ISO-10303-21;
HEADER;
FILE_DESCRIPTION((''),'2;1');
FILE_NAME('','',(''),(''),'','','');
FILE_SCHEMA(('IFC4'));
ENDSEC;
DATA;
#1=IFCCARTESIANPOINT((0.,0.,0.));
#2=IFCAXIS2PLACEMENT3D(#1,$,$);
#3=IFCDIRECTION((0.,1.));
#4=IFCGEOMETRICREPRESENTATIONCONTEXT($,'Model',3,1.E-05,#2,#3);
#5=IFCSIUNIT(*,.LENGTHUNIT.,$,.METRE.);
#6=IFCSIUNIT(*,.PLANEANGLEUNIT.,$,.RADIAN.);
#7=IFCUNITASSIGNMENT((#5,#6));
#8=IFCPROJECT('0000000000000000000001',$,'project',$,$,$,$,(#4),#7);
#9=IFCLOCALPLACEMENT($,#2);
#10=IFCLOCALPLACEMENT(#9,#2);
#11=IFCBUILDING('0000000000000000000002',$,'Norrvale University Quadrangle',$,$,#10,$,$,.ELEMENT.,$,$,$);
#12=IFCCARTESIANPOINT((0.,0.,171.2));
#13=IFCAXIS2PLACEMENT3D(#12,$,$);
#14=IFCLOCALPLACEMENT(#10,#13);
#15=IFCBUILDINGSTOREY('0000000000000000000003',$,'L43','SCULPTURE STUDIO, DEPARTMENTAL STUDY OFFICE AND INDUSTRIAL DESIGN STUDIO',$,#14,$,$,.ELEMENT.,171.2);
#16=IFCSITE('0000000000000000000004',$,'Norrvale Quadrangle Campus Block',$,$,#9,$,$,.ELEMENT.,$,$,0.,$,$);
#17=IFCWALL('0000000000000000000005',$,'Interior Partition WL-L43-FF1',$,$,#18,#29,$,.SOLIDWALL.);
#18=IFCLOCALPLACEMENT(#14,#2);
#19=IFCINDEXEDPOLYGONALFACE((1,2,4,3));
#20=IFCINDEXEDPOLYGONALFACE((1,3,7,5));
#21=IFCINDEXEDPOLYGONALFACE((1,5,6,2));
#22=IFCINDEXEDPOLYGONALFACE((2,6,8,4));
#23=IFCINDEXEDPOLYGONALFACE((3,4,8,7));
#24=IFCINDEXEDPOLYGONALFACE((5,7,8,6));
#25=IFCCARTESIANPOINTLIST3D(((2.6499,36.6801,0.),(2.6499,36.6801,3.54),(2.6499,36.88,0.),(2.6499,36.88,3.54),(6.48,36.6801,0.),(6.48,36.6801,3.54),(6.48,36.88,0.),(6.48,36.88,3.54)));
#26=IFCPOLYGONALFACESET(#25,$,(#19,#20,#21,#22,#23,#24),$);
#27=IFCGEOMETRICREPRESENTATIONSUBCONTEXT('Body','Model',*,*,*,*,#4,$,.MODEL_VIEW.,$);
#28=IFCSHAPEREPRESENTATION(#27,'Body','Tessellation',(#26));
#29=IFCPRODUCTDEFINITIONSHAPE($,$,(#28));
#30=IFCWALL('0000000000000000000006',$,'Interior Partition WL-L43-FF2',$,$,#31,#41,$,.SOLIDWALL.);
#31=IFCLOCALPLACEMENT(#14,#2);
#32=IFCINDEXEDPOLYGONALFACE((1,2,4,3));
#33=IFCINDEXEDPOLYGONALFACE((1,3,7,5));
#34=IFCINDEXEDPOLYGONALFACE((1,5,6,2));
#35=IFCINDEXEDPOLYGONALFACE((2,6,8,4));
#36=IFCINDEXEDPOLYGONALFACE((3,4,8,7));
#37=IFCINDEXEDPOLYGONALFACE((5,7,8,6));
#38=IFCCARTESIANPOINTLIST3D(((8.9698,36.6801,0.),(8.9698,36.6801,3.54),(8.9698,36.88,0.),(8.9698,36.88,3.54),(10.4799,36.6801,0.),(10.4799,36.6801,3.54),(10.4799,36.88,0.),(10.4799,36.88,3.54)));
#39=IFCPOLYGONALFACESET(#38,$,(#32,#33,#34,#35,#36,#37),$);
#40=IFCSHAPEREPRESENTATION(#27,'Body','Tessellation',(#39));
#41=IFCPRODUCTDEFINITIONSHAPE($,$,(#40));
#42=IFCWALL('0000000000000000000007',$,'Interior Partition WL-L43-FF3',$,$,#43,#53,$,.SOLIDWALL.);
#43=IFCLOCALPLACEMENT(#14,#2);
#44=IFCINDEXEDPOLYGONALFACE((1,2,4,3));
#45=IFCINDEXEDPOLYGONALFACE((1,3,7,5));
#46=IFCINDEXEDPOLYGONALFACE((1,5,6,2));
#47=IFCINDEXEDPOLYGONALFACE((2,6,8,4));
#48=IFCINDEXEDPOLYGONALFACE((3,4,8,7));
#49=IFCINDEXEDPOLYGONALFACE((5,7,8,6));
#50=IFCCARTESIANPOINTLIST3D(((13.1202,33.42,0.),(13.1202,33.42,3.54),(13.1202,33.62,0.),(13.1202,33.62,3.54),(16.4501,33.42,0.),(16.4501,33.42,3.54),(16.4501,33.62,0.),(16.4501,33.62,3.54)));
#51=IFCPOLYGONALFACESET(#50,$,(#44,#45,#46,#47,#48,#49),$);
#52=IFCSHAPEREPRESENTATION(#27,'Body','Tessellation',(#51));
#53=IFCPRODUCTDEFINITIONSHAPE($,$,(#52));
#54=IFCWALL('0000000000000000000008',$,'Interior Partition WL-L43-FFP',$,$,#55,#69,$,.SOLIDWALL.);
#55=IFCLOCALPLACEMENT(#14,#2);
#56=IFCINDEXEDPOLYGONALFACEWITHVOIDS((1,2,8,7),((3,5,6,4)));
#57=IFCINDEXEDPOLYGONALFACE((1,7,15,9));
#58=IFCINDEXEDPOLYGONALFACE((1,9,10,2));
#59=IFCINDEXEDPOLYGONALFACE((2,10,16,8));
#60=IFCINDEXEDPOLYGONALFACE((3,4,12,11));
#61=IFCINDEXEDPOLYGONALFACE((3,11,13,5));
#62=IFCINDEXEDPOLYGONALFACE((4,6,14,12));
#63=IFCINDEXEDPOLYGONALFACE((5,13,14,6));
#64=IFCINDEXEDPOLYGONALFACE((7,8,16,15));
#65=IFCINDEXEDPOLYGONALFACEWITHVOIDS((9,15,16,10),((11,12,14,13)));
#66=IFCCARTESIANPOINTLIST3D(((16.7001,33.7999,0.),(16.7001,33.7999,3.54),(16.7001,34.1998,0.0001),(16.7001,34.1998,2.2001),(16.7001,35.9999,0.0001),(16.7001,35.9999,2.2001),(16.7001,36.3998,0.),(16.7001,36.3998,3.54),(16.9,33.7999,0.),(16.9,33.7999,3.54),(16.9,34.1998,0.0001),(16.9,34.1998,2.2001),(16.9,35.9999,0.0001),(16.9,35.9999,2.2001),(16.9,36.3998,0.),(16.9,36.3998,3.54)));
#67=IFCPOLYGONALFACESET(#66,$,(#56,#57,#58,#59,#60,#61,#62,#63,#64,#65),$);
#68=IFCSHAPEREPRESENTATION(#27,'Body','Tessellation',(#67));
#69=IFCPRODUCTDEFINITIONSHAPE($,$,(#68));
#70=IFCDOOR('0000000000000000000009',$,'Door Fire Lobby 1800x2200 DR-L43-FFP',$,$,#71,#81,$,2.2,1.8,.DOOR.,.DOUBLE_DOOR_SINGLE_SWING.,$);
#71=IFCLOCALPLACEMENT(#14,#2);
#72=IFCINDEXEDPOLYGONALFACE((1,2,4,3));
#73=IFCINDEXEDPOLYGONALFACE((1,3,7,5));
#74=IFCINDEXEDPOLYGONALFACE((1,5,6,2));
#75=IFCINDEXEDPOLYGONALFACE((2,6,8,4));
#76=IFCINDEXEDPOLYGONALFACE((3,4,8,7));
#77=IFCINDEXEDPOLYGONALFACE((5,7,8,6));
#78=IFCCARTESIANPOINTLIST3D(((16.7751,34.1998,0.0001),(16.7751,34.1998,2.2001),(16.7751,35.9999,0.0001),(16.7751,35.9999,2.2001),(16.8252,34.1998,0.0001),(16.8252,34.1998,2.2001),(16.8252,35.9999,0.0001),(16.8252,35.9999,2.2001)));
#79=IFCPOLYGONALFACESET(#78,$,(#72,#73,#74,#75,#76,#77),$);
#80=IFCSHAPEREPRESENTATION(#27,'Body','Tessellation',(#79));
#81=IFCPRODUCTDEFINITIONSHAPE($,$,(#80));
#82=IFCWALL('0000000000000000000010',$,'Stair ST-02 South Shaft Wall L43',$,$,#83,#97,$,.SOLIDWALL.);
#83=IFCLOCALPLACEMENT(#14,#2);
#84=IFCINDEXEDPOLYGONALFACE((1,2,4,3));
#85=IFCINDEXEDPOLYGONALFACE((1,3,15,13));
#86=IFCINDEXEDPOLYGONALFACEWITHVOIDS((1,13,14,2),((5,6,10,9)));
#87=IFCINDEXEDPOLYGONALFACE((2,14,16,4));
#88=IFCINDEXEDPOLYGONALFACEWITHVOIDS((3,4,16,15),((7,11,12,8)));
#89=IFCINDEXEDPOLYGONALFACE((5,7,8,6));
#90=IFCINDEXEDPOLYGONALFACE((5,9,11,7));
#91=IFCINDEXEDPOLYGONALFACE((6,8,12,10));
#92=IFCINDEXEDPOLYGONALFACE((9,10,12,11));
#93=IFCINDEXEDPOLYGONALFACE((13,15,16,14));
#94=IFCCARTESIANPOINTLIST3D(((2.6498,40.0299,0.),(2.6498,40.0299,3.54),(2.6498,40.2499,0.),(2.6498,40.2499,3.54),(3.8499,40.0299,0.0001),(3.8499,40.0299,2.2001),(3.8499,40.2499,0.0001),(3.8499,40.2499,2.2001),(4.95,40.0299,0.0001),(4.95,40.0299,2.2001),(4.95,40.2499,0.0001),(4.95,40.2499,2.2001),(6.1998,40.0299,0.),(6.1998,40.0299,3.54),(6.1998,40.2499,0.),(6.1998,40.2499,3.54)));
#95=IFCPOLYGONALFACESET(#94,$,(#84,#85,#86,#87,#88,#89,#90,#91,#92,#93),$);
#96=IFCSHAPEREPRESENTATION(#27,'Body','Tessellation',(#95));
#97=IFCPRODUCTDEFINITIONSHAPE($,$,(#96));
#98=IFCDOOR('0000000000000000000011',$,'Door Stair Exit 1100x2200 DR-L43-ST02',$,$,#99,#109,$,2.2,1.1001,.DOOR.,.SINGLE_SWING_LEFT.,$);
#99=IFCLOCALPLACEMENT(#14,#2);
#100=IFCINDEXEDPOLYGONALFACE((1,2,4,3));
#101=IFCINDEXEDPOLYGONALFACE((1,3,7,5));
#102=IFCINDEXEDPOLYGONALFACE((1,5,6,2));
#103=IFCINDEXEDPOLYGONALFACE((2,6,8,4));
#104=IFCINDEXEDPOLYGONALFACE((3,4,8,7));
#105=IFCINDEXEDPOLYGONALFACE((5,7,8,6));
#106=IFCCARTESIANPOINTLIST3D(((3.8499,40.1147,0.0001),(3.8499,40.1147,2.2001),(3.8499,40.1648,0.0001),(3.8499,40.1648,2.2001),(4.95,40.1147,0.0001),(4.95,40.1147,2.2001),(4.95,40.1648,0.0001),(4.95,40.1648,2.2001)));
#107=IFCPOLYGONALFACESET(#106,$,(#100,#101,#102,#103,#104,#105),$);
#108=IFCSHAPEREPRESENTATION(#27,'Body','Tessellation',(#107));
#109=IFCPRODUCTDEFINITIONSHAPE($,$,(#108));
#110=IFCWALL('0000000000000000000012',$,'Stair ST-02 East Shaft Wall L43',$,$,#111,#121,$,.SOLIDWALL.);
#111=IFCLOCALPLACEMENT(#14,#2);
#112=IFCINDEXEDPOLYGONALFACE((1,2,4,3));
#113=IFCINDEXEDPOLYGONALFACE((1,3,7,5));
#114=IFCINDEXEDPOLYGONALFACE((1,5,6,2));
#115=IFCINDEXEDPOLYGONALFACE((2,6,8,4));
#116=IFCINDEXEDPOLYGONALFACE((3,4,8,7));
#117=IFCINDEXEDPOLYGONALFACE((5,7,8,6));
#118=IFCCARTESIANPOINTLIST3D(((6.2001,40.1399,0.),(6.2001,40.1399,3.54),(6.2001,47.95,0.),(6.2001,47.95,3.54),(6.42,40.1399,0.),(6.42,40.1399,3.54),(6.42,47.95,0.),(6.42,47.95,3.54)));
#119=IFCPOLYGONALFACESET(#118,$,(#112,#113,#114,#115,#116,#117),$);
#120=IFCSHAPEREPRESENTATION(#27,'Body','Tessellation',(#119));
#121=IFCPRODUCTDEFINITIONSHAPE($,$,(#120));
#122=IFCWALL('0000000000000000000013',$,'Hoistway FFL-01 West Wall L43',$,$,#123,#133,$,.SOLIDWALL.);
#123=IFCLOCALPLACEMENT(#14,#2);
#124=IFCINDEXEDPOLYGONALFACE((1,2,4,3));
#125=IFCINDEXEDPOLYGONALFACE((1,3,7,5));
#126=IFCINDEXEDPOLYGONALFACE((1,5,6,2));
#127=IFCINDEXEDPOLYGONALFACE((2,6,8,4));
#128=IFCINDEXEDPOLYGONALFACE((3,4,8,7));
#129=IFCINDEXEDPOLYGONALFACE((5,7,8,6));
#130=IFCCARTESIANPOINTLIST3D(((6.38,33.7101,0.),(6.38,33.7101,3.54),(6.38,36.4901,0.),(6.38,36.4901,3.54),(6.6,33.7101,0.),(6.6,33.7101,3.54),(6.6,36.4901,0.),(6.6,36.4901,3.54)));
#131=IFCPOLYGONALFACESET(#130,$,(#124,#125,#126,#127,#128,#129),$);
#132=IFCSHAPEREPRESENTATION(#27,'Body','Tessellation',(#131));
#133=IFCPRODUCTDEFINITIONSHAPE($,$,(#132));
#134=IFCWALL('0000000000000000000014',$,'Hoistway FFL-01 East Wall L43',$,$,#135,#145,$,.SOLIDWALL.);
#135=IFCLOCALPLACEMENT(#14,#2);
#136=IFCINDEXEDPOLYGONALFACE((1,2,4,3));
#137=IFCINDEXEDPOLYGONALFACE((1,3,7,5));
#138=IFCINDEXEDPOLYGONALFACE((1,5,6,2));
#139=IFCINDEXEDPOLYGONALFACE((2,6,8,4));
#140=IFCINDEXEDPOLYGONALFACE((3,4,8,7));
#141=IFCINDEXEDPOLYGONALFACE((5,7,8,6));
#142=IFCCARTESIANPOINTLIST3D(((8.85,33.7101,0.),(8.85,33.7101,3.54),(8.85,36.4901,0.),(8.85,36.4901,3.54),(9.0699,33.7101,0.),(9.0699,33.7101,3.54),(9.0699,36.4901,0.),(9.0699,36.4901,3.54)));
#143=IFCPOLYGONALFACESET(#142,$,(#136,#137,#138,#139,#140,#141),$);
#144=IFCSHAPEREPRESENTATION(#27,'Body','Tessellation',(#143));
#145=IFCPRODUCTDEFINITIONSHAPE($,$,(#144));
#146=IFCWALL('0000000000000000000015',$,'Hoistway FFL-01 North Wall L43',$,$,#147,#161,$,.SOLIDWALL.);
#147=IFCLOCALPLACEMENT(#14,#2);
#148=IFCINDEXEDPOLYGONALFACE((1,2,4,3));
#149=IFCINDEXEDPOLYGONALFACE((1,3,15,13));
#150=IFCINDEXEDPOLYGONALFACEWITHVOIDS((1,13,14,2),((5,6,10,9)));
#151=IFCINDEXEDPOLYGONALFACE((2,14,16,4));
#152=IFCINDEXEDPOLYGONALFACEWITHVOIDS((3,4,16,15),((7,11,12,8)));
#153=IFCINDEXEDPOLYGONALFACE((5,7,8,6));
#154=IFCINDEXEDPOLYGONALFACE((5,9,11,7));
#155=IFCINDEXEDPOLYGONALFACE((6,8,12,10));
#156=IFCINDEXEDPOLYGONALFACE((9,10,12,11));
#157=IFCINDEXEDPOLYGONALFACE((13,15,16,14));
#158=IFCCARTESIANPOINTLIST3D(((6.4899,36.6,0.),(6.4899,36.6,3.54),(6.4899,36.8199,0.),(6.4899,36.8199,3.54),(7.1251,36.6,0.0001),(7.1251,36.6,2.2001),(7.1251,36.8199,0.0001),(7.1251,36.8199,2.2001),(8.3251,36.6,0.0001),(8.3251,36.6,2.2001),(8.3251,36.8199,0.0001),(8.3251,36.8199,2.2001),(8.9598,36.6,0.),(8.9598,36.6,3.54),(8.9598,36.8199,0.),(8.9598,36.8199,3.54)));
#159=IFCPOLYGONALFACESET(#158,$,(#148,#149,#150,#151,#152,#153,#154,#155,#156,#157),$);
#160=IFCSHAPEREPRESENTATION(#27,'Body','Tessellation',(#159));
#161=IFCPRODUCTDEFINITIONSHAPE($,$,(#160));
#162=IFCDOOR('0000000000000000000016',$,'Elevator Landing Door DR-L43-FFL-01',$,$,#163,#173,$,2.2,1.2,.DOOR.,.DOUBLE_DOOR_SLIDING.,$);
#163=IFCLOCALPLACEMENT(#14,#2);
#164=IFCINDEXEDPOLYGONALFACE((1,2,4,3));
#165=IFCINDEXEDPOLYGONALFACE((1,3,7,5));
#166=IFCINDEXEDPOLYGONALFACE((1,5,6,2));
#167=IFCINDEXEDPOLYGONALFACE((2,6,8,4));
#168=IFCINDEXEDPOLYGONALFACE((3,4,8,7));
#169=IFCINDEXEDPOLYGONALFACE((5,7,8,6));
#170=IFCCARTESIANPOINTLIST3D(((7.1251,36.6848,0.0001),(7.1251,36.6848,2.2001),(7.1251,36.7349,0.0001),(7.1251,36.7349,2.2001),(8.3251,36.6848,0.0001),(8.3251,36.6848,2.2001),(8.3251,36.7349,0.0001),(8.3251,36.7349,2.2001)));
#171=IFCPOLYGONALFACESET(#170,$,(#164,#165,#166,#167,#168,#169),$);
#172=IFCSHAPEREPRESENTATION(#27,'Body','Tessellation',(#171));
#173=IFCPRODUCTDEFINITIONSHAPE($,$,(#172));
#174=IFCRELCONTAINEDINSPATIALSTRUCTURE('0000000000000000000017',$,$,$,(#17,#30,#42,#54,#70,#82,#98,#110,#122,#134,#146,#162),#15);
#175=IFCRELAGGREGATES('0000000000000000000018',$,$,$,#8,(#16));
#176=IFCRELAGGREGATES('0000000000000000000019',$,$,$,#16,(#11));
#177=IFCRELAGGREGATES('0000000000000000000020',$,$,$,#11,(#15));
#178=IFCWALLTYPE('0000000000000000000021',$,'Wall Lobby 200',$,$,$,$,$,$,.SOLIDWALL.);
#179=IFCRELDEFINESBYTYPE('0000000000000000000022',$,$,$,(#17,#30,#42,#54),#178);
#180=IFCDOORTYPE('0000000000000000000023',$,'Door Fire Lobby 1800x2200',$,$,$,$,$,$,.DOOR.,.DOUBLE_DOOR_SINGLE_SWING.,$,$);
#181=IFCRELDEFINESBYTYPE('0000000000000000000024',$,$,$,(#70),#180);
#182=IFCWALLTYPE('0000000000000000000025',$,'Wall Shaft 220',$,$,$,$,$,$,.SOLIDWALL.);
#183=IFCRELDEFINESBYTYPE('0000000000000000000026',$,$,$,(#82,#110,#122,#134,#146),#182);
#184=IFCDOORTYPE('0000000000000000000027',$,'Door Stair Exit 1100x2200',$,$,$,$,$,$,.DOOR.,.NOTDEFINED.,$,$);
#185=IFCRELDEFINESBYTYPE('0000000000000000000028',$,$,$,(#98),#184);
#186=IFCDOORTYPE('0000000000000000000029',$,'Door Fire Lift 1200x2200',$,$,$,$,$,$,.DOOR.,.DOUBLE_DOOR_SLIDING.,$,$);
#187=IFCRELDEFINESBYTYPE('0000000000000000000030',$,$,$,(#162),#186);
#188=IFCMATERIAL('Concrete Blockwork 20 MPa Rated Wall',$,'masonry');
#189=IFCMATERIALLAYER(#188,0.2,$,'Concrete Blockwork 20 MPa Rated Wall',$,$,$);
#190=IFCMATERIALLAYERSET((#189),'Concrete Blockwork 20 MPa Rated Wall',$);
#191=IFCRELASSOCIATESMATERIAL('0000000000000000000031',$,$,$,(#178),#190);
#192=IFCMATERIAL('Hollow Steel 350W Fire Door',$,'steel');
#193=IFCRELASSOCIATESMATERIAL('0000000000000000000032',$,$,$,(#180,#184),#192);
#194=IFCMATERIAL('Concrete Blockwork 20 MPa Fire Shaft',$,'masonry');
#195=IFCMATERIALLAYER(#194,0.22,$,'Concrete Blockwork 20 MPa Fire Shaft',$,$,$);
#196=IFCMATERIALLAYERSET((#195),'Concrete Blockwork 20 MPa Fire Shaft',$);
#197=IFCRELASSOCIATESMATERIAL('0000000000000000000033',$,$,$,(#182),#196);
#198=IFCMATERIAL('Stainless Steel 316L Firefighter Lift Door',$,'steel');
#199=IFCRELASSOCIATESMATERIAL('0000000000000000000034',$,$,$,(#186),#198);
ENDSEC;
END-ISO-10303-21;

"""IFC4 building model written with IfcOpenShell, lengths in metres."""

from ifc_helpers import new_model, si_unit, direction, frame, frame_2d, origin, place, context, subcontext, project, spatial, rectangle, extrude, material, layer, layer_set, type_object, element, fill, save


model = new_model("IFC4")

# Units and contexts
model_context = context("Model", 3, precision=1e-05, world=origin(), true_north=direction((0.0, 1.0)))
body_context = subcontext(model_context, "Body", "Model", "MODEL_VIEW")
ifc_project = project(units=[si_unit("LENGTHUNIT", "METRE"), si_unit("PLANEANGLEUNIT", "RADIAN")], contexts=[model_context])

# Site, building, storey
site_placement = place(None, origin())
site = spatial("IfcSite", under=ifc_project, at=site_placement, Name="Norrvale Quadrangle Campus Block", CompositionType="ELEMENT", RefElevation=0.0)
building_placement = place(site_placement, origin())
building = spatial("IfcBuilding", under=site, at=building_placement, Name="Norrvale University Quadrangle", CompositionType="ELEMENT")
storey_placement = place(building_placement, frame((0.0, 0.0, 171.2)))
storey = spatial("IfcBuildingStorey", under=building, at=storey_placement, Name="L43", Description="SCULPTURE STUDIO, DEPARTMENTAL STUDY OFFICE AND INDUSTRIAL DESIGN STUDIO", CompositionType="ELEMENT", Elevation=171.2)

# Walls
ifc_material_1 = material(Name="Concrete Blockwork 20 MPa Rated Wall", Category="masonry")
ifc_layer_1 = layer(ifc_material_1, 0.2, Name="Concrete Blockwork 20 MPa Rated Wall")
ifc_layer_set_1 = layer_set([ifc_layer_1], Name="Concrete Blockwork 20 MPa Rated Wall")
wall_type_1 = type_object("IfcWallType", Name="Wall Lobby 200", PredefinedType="SOLIDWALL", material=ifc_layer_set_1)
wall_1_placement = place(storey_placement, frame((2.6499, 36.78, 0.0), z_axis=(0.0, 0.0, 1.0), x_axis=(1.0, 0.0, 0.0)))
element("IfcWall", 1, at=wall_1_placement, inside=storey, type_object=wall_type_1, Name="Interior Partition WL-L43-FF1", PredefinedType="SOLIDWALL", context=body_context, shape_type="SweptSolid", body=[
    extrude(rectangle(XDim=3.8301, YDim=0.2, at=frame_2d((1.915, 0.0))), origin(), (0.0, 0.0, 1.0), 3.54),
])
wall_2_placement = place(storey_placement, frame((8.97, 36.78, 0.0), z_axis=(0.0, 0.0, 1.0), x_axis=(1.0, 0.0, 0.0)))
element("IfcWall", 2, at=wall_2_placement, inside=storey, type_object=wall_type_1, Name="Interior Partition WL-L43-FF2", PredefinedType="SOLIDWALL", context=body_context, shape_type="SweptSolid", body=[
    extrude(rectangle(XDim=1.51, YDim=0.2, at=frame_2d((0.7549, 0.0))), origin(), (0.0, 0.0, 1.0), 3.54),
])
wall_3_placement = place(storey_placement, frame((13.1201, 33.52, 0.0), z_axis=(0.0, 0.0, 1.0), x_axis=(1.0, 0.0, 0.0)))
element("IfcWall", 3, at=wall_3_placement, inside=storey, type_object=wall_type_1, Name="Interior Partition WL-L43-FF3", PredefinedType="SOLIDWALL", context=body_context, shape_type="SweptSolid", body=[
    extrude(rectangle(XDim=3.3298, YDim=0.2, at=frame_2d((1.665, 0.0))), origin(), (0.0, 0.0, 1.0), 3.54),
])

# Walls, openings, doors
wall_4_placement = place(storey_placement, frame((16.8, 33.8, 0.0), z_axis=(0.0, 0.0, 1.0), x_axis=(0.0, 1.0, 0.0)))
wall_4 = element("IfcWall", 4, at=wall_4_placement, inside=storey, type_object=wall_type_1, Name="Interior Partition WL-L43-FFP", PredefinedType="SOLIDWALL", context=body_context, shape_type="SweptSolid", body=[
    extrude(rectangle(XDim=2.5999, YDim=0.2, at=frame_2d((1.2998, 0.0))), origin(), (0.0, 0.0, 1.0), 3.54),
])
opening_1_placement = place(wall_4_placement, frame((0.3999, 0.0, 0.0)))
opening_1 = element("IfcOpeningElement", 5, at=opening_1_placement, cuts=wall_4, PredefinedType="OPENING", context=body_context, shape_type="SweptSolid", body=[
    extrude(rectangle(XDim=1.8, YDim=2.2, at=frame_2d((0.8999, 1.1001))), frame((0.0, 0.1121, 0.0), z_axis=(0.0, -1.0, 0.0), x_axis=(1.0, 0.0, 0.0)), (0.0, 0.0, 1.0), 0.2239),
])
ifc_material_2 = material(Name="Hollow Steel 350W Fire Door", Category="steel")
door_type_1 = type_object("IfcDoorType", Name="Door Fire Lobby 1800x2200", OperationType="DOUBLE_DOOR_SINGLE_SWING", PredefinedType="DOOR", material=ifc_material_2)
door_1_placement = place(opening_1_placement, origin())
door_1 = element("IfcDoor", 6, at=door_1_placement, inside=storey, type_object=door_type_1, Name="Door Fire Lobby 1800x2200 DR-L43-FFP", OperationType="DOUBLE_DOOR_SINGLE_SWING", OverallHeight=2.2, OverallWidth=1.8, PredefinedType="DOOR", context=body_context, shape_type="SweptSolid", body=[
    extrude(rectangle(XDim=1.8, YDim=2.2, at=frame_2d((0.8999, 1.1001))), frame((0.0, 0.0249, 0.0), z_axis=(0.0, -1.0, 0.0), x_axis=(1.0, 0.0, 0.0)), (0.0, 0.0, 1.0), 0.05),
])
fill(opening_1, door_1)
ifc_material_3 = material(Name="Concrete Blockwork 20 MPa Fire Shaft", Category="masonry")
ifc_layer_2 = layer(ifc_material_3, 0.22, Name="Concrete Blockwork 20 MPa Fire Shaft")
ifc_layer_set_2 = layer_set([ifc_layer_2], Name="Concrete Blockwork 20 MPa Fire Shaft")
wall_type_2 = type_object("IfcWallType", Name="Wall Shaft 220", PredefinedType="SOLIDWALL", material=ifc_layer_set_2)
wall_5_placement = place(storey_placement, frame((2.6499, 40.1399, 0.0), z_axis=(0.0, 0.0, 1.0), x_axis=(1.0, 0.0, 0.0)))
wall_5 = element("IfcWall", 7, at=wall_5_placement, inside=storey, type_object=wall_type_2, Name="Stair ST-02 South Shaft Wall L43", PredefinedType="SOLIDWALL", context=body_context, shape_type="SweptSolid", body=[
    extrude(rectangle(XDim=3.55, YDim=0.22, at=frame_2d((1.7749, 0.0))), origin(), (0.0, 0.0, 1.0), 3.54),
])
opening_2_placement = place(wall_5_placement, frame((1.2, 0.0, 0.0)))
opening_2 = element("IfcOpeningElement", 8, at=opening_2_placement, cuts=wall_5, PredefinedType="OPENING", context=body_context, shape_type="SweptSolid", body=[
    extrude(rectangle(XDim=1.1001, YDim=2.2, at=frame_2d((0.55, 1.1001))), frame((0.0, 0.1221, 0.0), z_axis=(0.0, -1.0, 0.0), x_axis=(1.0, 0.0, 0.0)), (0.0, 0.0, 1.0), 0.2439),
])
door_type_2 = type_object("IfcDoorType", Name="Door Stair Exit 1100x2200", OperationType="NOTDEFINED", PredefinedType="DOOR", material=ifc_material_2)
door_2_placement = place(opening_2_placement, origin())
door_2 = element("IfcDoor", 9, at=door_2_placement, inside=storey, type_object=door_type_2, Name="Door Stair Exit 1100x2200 DR-L43-ST02", OperationType="SINGLE_SWING_LEFT", OverallHeight=2.2, OverallWidth=1.1001, PredefinedType="DOOR", context=body_context, shape_type="SweptSolid", body=[
    extrude(rectangle(XDim=1.1001, YDim=2.2, at=frame_2d((0.55, 1.1001))), frame((0.0, 0.0249, 0.0), z_axis=(0.0, -1.0, 0.0), x_axis=(1.0, 0.0, 0.0)), (0.0, 0.0, 1.0), 0.05),
])
fill(opening_2, door_2)

# Walls
wall_6_placement = place(storey_placement, frame((6.3101, 40.1399, 0.0), z_axis=(0.0, 0.0, 1.0), x_axis=(0.0, 1.0, 0.0)))
element("IfcWall", 10, at=wall_6_placement, inside=storey, type_object=wall_type_2, Name="Stair ST-02 East Shaft Wall L43", PredefinedType="SOLIDWALL", context=body_context, shape_type="SweptSolid", body=[
    extrude(rectangle(XDim=7.8101, YDim=0.22, at=frame_2d((3.905, 0.0))), origin(), (0.0, 0.0, 1.0), 3.54),
])
for number, where, z_axis, x_axis, name in (
    (11, (6.49, 33.71, 0.0), (0.0, 0.0, 1.0), (0.0, 1.0, 0.0), "Hoistway FFL-01 West Wall L43"),
    (12, (8.96, 33.71, 0.0), (0.0, 0.0, 1.0), (0.0, 1.0, 0.0), "Hoistway FFL-01 East Wall L43"),
):
    element("IfcWall", number, at=place(storey_placement, frame(where, z_axis=z_axis, x_axis=x_axis)), inside=storey, type_object=wall_type_2, Name=name, PredefinedType="SOLIDWALL", context=body_context, shape_type="SweptSolid", body=[
        extrude(rectangle(XDim=2.78, YDim=0.22, at=frame_2d((1.3901, 0.0))), origin(), (0.0, 0.0, 1.0), 3.54),
    ])

# Wall, opening, door
wall_7_placement = place(storey_placement, frame((6.49, 36.71, 0.0), z_axis=(0.0, 0.0, 1.0), x_axis=(1.0, 0.0, 0.0)))
wall_7 = element("IfcWall", 13, at=wall_7_placement, inside=storey, type_object=wall_type_2, Name="Hoistway FFL-01 North Wall L43", PredefinedType="SOLIDWALL", context=body_context, shape_type="SweptSolid", body=[
    extrude(rectangle(XDim=2.47, YDim=0.22, at=frame_2d((1.2349, 0.0))), origin(), (0.0, 0.0, 1.0), 3.54),
])
opening_3_placement = place(wall_7_placement, frame((0.635, 0.0, 0.0)))
opening_3 = element("IfcOpeningElement", 14, at=opening_3_placement, cuts=wall_7, PredefinedType="OPENING", context=body_context, shape_type="SweptSolid", body=[
    extrude(rectangle(XDim=1.2, YDim=2.2, at=frame_2d((0.6001, 1.1001))), frame((0.0, 0.1221, 0.0), z_axis=(0.0, -1.0, 0.0), x_axis=(1.0, 0.0, 0.0)), (0.0, 0.0, 1.0), 0.2439),
])
ifc_material_4 = material(Name="Stainless Steel 316L Firefighter Lift Door", Category="steel")
door_type_3 = type_object("IfcDoorType", Name="Door Fire Lift 1200x2200", OperationType="DOUBLE_DOOR_SLIDING", PredefinedType="DOOR", material=ifc_material_4)
door_3_placement = place(opening_3_placement, origin())
door_3 = element("IfcDoor", 15, at=door_3_placement, inside=storey, type_object=door_type_3, Name="Elevator Landing Door DR-L43-FFL-01", OperationType="DOUBLE_DOOR_SLIDING", OverallHeight=2.2, OverallWidth=1.2, PredefinedType="DOOR", context=body_context, shape_type="SweptSolid", body=[
    extrude(rectangle(XDim=1.2, YDim=2.2, at=frame_2d((0.6001, 1.1001))), frame((0.0, 0.0249, 0.0), z_axis=(0.0, -1.0, 0.0), x_axis=(1.0, 0.0, 0.0)), (0.0, 0.0, 1.0), 0.05),
])
fill(opening_3, door_3)

save(model, "model.ifc")
